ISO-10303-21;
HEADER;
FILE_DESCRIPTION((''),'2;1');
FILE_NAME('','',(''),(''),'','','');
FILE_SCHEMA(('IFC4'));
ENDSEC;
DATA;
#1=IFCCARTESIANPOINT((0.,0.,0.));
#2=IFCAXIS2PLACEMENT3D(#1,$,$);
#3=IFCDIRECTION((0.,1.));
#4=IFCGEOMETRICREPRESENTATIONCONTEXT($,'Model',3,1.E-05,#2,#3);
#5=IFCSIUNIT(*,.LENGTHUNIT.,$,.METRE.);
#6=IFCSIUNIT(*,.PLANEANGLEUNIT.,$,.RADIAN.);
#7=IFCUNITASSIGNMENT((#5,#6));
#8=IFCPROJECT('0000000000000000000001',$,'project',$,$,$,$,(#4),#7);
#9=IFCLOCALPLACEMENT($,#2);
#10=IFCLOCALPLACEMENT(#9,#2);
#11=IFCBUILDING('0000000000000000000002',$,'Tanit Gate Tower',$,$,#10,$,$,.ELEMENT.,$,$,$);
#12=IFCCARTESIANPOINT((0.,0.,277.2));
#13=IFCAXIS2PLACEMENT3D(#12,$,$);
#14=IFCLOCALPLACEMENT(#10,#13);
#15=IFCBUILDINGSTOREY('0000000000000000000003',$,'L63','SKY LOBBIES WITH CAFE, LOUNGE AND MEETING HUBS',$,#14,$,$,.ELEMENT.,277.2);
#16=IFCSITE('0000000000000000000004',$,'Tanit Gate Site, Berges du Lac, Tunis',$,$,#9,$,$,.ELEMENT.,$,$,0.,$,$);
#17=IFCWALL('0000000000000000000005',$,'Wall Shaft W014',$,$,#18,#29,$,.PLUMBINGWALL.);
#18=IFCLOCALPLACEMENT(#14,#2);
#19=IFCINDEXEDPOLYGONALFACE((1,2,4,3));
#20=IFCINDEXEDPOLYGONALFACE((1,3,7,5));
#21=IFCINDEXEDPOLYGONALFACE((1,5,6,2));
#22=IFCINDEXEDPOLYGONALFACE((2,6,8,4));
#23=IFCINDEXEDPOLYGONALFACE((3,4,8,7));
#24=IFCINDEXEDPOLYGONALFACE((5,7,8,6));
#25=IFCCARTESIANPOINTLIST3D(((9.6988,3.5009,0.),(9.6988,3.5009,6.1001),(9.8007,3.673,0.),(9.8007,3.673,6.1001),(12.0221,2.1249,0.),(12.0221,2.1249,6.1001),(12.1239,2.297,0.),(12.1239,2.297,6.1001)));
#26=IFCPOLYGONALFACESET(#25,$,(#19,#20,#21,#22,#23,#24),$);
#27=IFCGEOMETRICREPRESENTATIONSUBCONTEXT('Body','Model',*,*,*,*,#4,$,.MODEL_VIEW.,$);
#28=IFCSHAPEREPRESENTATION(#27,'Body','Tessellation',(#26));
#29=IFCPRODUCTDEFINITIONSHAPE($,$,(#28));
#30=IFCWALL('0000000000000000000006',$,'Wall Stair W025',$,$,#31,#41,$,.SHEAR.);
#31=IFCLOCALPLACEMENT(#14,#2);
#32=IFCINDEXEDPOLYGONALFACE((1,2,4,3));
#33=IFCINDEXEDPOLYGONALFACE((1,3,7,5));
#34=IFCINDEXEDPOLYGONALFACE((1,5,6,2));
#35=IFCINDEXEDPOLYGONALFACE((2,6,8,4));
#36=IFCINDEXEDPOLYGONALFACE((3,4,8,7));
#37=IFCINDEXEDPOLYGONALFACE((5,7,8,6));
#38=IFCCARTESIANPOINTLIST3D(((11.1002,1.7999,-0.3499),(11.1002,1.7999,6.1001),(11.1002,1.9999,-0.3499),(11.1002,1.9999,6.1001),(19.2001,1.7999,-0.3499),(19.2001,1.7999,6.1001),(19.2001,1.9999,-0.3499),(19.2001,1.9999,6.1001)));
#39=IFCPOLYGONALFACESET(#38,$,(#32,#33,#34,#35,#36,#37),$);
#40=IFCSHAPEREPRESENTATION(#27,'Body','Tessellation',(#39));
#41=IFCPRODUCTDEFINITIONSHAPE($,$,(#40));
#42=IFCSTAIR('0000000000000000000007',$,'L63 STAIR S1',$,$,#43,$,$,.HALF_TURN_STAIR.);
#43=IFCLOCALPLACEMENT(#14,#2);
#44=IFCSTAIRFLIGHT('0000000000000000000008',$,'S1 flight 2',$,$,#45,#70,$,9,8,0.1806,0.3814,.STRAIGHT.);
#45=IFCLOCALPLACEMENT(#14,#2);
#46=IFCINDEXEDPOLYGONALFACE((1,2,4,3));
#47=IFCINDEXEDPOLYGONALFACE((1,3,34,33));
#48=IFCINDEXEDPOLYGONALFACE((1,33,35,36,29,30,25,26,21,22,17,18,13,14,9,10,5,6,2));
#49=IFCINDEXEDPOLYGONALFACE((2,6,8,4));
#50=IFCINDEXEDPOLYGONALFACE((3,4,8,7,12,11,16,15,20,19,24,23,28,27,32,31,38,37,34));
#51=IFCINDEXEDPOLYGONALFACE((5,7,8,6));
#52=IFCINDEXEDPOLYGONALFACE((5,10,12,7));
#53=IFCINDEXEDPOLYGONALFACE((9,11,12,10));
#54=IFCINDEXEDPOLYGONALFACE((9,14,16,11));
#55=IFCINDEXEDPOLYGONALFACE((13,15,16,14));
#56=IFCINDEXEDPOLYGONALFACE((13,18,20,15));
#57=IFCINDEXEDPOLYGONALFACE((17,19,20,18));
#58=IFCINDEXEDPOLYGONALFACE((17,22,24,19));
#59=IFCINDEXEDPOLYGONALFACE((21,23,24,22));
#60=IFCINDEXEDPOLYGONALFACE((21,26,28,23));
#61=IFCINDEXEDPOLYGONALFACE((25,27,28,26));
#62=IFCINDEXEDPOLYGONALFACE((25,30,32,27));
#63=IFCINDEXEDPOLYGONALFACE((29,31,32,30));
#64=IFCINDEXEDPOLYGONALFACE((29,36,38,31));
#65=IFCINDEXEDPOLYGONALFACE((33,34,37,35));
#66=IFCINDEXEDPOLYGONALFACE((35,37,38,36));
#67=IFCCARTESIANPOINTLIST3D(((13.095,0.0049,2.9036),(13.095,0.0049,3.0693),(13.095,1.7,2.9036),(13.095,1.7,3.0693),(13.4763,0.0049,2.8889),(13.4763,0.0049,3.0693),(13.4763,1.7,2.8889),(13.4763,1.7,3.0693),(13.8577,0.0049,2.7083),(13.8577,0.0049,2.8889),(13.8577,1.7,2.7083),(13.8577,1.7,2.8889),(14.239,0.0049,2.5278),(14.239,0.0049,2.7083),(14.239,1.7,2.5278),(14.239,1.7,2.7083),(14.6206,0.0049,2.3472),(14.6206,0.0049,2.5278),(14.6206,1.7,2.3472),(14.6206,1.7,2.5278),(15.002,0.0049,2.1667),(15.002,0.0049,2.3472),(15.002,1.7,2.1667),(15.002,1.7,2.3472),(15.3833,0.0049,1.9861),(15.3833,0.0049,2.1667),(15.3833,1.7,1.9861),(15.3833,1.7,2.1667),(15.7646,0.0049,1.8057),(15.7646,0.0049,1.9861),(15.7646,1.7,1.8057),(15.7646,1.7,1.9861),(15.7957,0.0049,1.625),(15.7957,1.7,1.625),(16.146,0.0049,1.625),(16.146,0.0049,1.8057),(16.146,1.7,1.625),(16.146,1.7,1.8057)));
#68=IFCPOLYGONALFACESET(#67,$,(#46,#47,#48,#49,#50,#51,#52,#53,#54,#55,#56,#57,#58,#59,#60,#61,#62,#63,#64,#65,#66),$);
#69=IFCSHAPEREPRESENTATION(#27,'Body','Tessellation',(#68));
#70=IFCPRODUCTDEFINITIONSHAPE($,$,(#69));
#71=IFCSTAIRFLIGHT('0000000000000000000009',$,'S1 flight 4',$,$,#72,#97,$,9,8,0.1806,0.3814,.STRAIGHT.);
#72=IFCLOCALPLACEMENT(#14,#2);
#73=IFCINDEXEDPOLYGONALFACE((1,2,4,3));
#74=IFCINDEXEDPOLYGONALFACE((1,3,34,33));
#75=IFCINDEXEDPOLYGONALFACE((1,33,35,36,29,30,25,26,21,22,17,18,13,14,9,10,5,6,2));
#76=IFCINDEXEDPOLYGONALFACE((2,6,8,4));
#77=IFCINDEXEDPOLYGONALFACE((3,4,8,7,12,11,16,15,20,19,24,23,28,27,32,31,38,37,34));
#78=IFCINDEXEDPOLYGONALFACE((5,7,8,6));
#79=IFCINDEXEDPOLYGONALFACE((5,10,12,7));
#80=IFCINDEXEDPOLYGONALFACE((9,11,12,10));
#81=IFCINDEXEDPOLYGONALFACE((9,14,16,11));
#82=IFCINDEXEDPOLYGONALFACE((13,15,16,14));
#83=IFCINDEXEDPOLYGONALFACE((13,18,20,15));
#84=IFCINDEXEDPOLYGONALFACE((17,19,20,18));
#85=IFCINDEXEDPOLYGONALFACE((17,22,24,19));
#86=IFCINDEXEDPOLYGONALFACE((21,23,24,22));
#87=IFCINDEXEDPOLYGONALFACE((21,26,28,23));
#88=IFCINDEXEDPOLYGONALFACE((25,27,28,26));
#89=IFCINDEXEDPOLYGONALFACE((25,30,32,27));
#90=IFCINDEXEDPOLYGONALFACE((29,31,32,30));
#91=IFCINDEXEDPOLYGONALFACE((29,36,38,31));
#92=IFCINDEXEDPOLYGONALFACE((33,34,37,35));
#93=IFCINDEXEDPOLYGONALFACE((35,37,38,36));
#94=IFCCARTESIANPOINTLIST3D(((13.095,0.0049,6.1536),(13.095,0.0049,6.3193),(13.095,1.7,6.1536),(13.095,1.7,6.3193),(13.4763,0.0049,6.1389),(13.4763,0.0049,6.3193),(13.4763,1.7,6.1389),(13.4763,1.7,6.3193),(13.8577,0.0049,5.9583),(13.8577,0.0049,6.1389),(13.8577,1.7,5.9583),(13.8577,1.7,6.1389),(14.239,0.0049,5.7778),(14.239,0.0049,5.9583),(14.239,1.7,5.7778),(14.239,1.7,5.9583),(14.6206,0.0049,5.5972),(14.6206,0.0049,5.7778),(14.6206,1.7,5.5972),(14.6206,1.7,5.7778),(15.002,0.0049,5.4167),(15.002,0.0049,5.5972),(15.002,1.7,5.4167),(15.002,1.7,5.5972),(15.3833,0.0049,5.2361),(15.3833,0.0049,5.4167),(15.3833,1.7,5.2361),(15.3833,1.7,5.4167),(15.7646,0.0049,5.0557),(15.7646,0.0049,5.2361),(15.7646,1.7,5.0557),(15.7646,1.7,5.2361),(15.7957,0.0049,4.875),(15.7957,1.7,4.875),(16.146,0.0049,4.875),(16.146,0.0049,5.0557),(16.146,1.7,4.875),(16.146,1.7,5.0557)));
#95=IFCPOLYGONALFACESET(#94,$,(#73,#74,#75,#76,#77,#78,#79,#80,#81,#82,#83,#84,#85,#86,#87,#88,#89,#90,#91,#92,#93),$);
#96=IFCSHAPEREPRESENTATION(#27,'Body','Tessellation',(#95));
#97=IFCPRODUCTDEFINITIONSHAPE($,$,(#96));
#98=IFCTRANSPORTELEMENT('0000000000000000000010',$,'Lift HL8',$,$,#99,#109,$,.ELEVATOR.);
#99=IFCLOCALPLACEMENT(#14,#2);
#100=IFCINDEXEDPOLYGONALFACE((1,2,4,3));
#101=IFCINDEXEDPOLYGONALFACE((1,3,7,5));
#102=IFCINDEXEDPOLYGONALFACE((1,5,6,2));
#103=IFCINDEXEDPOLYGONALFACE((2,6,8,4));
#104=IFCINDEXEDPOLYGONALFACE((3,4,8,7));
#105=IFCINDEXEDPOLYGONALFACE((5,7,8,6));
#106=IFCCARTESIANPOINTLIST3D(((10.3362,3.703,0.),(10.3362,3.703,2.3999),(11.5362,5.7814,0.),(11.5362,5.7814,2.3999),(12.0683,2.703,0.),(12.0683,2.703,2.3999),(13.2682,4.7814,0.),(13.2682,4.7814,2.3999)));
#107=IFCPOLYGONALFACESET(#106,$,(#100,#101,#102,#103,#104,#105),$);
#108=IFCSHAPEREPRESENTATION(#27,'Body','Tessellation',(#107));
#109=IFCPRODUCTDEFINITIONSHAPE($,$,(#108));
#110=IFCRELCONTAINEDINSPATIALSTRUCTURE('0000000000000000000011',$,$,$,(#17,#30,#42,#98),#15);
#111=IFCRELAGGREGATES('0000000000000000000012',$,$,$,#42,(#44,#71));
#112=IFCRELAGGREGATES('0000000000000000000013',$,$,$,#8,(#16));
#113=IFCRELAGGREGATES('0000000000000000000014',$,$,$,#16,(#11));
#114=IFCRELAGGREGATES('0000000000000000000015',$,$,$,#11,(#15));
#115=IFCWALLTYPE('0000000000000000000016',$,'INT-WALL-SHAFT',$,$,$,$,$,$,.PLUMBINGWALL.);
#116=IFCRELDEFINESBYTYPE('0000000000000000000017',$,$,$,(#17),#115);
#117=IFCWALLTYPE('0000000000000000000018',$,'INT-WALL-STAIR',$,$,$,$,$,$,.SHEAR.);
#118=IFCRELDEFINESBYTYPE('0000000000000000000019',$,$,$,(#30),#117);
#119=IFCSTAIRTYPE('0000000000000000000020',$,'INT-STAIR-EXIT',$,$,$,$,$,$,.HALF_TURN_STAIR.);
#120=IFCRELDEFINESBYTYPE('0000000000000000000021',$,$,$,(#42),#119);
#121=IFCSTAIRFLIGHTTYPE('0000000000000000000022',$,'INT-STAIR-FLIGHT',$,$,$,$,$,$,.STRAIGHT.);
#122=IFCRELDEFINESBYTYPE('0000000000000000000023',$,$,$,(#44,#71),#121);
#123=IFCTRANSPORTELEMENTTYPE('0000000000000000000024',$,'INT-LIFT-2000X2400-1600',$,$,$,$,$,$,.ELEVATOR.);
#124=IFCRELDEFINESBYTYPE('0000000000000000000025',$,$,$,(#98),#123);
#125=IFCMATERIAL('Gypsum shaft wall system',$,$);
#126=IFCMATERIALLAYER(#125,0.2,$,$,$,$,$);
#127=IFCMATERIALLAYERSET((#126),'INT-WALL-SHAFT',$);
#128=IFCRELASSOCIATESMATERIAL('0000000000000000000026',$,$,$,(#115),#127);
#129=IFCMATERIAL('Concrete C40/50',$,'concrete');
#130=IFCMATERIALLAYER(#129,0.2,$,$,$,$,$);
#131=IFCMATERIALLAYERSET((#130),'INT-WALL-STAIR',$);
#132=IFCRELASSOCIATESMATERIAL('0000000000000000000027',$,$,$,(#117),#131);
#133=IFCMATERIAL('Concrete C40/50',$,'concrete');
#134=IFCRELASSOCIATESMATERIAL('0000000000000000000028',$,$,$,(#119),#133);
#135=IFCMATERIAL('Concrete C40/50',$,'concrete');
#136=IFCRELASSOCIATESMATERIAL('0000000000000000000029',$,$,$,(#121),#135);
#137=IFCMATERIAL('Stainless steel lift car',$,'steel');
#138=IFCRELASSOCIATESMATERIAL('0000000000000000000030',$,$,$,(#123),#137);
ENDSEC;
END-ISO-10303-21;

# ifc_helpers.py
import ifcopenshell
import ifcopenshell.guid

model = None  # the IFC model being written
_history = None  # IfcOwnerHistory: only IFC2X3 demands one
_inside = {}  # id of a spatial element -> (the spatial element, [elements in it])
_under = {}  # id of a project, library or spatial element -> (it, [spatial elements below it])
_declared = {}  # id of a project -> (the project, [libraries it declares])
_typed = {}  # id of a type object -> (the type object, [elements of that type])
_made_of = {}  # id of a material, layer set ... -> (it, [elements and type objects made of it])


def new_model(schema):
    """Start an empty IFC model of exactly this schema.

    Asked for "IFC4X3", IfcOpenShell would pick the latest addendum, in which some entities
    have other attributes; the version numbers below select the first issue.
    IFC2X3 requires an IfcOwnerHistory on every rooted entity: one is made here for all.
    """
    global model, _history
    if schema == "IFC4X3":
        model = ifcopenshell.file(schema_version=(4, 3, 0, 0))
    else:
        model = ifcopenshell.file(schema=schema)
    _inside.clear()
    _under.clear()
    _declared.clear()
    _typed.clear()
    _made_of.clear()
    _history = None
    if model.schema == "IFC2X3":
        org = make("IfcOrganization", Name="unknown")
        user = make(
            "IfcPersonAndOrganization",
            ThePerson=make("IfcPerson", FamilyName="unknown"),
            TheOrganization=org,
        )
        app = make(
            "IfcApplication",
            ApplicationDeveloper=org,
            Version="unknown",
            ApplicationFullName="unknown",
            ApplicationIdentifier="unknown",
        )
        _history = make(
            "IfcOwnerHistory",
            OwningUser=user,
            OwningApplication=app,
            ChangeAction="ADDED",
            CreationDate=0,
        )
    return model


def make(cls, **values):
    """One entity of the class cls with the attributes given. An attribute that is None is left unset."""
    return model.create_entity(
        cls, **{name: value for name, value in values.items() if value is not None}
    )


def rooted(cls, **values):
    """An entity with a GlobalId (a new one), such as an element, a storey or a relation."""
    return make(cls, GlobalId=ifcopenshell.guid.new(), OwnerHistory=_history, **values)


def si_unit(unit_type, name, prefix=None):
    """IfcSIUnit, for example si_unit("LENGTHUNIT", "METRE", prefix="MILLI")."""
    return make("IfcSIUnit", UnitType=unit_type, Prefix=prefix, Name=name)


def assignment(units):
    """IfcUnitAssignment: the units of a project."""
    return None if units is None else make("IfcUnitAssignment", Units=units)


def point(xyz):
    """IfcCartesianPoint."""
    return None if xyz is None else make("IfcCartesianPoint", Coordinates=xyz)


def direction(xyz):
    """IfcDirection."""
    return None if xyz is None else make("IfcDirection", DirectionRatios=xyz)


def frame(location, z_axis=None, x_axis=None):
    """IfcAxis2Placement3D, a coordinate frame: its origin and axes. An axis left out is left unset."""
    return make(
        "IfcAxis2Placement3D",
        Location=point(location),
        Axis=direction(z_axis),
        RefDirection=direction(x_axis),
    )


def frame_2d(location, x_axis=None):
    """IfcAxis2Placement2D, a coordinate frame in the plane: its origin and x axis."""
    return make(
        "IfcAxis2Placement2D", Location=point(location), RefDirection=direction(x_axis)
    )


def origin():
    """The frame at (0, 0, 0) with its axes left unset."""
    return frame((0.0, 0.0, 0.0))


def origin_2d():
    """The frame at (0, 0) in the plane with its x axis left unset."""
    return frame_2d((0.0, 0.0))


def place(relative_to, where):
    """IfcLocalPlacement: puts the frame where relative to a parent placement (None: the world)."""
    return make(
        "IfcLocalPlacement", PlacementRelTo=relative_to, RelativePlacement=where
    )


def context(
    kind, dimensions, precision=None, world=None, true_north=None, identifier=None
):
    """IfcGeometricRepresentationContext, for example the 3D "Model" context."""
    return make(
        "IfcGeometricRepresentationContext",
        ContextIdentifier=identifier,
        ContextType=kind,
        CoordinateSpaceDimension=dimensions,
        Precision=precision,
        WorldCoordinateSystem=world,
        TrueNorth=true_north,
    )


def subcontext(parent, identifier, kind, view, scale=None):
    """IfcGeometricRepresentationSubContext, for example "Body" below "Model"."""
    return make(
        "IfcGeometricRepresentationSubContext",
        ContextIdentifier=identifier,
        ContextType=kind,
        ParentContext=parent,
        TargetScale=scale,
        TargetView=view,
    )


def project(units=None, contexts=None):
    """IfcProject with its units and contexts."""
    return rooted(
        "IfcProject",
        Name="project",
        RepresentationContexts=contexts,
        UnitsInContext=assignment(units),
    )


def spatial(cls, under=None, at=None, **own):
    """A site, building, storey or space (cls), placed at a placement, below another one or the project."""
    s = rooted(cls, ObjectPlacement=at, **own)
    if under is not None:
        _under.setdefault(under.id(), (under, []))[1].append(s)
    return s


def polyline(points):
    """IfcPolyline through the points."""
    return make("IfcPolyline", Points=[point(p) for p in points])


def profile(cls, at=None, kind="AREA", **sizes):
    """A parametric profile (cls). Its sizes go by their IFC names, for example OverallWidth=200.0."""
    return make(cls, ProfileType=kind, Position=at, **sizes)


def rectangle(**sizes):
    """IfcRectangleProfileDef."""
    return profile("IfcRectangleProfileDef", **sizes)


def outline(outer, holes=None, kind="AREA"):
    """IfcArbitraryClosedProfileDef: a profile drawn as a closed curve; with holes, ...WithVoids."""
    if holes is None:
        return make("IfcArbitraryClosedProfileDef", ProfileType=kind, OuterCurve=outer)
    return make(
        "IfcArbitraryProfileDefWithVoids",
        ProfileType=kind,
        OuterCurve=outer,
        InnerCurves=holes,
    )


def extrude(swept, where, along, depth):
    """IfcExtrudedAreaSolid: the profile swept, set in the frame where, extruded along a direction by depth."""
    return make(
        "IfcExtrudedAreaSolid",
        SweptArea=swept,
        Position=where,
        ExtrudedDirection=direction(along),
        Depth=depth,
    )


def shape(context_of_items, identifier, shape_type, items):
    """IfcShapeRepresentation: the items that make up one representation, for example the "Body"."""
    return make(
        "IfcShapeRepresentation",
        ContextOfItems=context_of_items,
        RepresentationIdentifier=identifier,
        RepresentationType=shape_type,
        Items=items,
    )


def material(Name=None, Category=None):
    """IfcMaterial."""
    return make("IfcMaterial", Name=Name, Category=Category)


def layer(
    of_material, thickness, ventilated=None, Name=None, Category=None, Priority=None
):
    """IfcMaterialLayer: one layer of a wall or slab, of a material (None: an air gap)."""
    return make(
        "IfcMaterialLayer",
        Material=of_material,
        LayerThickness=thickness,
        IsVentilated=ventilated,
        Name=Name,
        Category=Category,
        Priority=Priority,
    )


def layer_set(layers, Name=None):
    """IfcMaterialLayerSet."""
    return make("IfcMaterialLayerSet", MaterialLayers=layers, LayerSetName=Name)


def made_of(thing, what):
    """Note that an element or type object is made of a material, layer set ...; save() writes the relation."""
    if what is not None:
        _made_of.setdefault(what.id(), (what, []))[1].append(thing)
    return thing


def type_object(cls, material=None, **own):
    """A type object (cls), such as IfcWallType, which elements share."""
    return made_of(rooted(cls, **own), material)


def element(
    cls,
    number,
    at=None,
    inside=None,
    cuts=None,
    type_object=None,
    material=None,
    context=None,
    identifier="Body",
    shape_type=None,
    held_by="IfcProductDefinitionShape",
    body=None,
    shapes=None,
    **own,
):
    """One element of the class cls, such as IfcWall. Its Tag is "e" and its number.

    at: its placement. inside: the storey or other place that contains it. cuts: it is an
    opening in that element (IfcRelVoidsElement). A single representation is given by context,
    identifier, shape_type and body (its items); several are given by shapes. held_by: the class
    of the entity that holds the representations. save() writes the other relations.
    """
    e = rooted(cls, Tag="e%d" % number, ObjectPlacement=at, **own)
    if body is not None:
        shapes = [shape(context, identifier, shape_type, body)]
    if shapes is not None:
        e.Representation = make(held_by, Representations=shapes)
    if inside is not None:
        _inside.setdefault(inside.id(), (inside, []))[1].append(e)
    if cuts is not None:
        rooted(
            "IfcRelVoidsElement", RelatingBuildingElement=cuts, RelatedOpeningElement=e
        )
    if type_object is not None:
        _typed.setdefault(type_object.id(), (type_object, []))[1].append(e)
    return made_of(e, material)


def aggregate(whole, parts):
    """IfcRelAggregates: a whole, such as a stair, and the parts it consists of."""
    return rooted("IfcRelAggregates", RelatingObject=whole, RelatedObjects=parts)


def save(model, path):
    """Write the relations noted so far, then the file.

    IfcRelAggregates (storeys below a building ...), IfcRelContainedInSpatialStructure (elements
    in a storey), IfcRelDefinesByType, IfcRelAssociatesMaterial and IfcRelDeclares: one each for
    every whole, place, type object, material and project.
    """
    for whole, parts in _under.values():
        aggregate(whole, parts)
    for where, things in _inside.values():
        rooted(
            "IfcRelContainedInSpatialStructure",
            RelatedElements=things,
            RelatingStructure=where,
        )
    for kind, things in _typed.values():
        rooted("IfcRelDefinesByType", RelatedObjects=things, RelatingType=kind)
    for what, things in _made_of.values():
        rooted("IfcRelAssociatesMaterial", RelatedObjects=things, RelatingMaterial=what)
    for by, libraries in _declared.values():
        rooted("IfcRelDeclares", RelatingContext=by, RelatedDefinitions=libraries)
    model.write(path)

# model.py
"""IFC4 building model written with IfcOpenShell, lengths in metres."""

from ifc_helpers import new_model, si_unit, direction, frame, frame_2d, origin, origin_2d, place, context, subcontext, project, spatial, polyline, rectangle, outline, extrude, material, layer, layer_set, type_object, element, aggregate, save


model = new_model("IFC4")

# Units and contexts
model_context = context("Model", 3, precision=1e-05, world=origin(), true_north=direction((0.0, 1.0)))
body_context = subcontext(model_context, "Body", "Model", "MODEL_VIEW")
ifc_project = project(units=[si_unit("LENGTHUNIT", "METRE"), si_unit("PLANEANGLEUNIT", "RADIAN")], contexts=[model_context])

# Site, building, storey
site_placement = place(None, origin())
site = spatial("IfcSite", under=ifc_project, at=site_placement, Name="Tanit Gate Site, Berges du Lac, Tunis", CompositionType="ELEMENT", RefElevation=0.0)
building_placement = place(site_placement, origin())
building = spatial("IfcBuilding", under=site, at=building_placement, Name="Tanit Gate Tower", CompositionType="ELEMENT")
storey_placement = place(building_placement, frame((0.0, 0.0, 277.2)))
storey = spatial("IfcBuildingStorey", under=building, at=storey_placement, Name="L63", Description="SKY LOBBIES WITH CAFE, LOUNGE AND MEETING HUBS", CompositionType="ELEMENT", Elevation=277.2)

# Walls
ifc_material_1 = material(Name="Gypsum shaft wall system")
ifc_layer_1 = layer(ifc_material_1, 0.2)
ifc_layer_set_1 = layer_set([ifc_layer_1], Name="INT-WALL-SHAFT")
wall_type_1 = type_object("IfcWallType", Name="INT-WALL-SHAFT", PredefinedType="PLUMBINGWALL", material=ifc_layer_set_1)
wall_1_placement = place(storey_placement, frame((12.073, 2.2109, 0.0), z_axis=(0.0, 0.0, 1.0), x_axis=(-0.860415, 0.509594, 0.0)))
element("IfcWall", 1, at=wall_1_placement, inside=storey, type_object=wall_type_1, Name="Wall Shaft W014", PredefinedType="PLUMBINGWALL", context=body_context, shape_type="SweptSolid", body=[
    extrude(rectangle(XDim=2.7002, YDim=0.2, at=frame_2d((1.3501, 0.0))), origin(), (0.0, 0.0, 1.0), 6.1001),
])
ifc_material_2 = material(Name="Concrete C40/50", Category="concrete")
ifc_layer_2 = layer(ifc_material_2, 0.2)
ifc_layer_set_2 = layer_set([ifc_layer_2], Name="INT-WALL-STAIR")
wall_type_2 = type_object("IfcWallType", Name="INT-WALL-STAIR", PredefinedType="SHEAR", material=ifc_layer_set_2)
wall_2_placement = place(storey_placement, frame((19.2, 1.8999, -0.3499), z_axis=(0.0, 0.0, 1.0), x_axis=(-1.0, 0.0, 0.0)))
element("IfcWall", 2, at=wall_2_placement, inside=storey, type_object=wall_type_2, Name="Wall Stair W025", PredefinedType="SHEAR", context=body_context, shape_type="SweptSolid", body=[
    extrude(rectangle(XDim=8.0999, YDim=0.2, at=frame_2d((4.0498, 0.0))), origin(), (0.0, 0.0, 1.0), 6.45),
])

# Stair, stair flights
ifc_material_3 = material(Name="Concrete C40/50", Category="concrete")
stair_type = type_object("IfcStairType", Name="INT-STAIR-EXIT", PredefinedType="HALF_TURN_STAIR", material=ifc_material_3)
stair_placement = place(storey_placement, origin())
stair = element("IfcStair", 3, at=stair_placement, inside=storey, type_object=stair_type, Name="L63 STAIR S1", PredefinedType="HALF_TURN_STAIR")
ifc_material_4 = material(Name="Concrete C40/50", Category="concrete")
stair_flight_type = type_object("IfcStairFlightType", Name="INT-STAIR-FLIGHT", PredefinedType="STRAIGHT", material=ifc_material_4)
stair_flight_1_placement = place(storey_placement, frame((16.146, 0.8525, 1.625), z_axis=(0.0, 0.0, 1.0), x_axis=(-1.0, 0.0, 0.0)))
stair_flight_1 = element("IfcStairFlight", 4, at=stair_flight_1_placement, type_object=stair_flight_type, Name="S1 flight 2", NumberOfRisers=9, NumberOfTreads=8, PredefinedType="STRAIGHT", RiserHeight=0.1806, TreadLength=0.3814, context=body_context, shape_type="SweptSolid", body=[
    extrude(outline(polyline([(0.0, 0.0), (0.0, 0.1807), (0.3813, 0.1807), (0.3813, 0.3611), (0.7627, 0.3611), (0.7627, 0.5417), (1.144, 0.5417), (1.144, 0.7222), (1.5254, 0.7222), (1.5254, 0.9028), (1.907, 0.9028), (1.907, 1.0833), (2.2883, 1.0833), (2.2883, 1.2639), (2.6697, 1.2639), (2.6697, 1.4443), (3.051, 1.4443), (3.051, 1.625), (3.051, 1.2786), (0.3503, 0.0), (0.0, 0.0)])), frame((0.0, 0.8477, 0.0), z_axis=(0.0, -1.0, 0.0), x_axis=(1.0, 0.0, 0.0)), (0.0, 0.0, 1.0), 1.6951),
])
stair_flight_2_placement = place(storey_placement, frame((16.146, 0.8525, 4.875), z_axis=(0.0, 0.0, 1.0), x_axis=(-1.0, 0.0, 0.0)))
stair_flight_2 = element("IfcStairFlight", 5, at=stair_flight_2_placement, type_object=stair_flight_type, Name="S1 flight 4", NumberOfRisers=9, NumberOfTreads=8, PredefinedType="STRAIGHT", RiserHeight=0.1806, TreadLength=0.3814, context=body_context, shape_type="SweptSolid", body=[
    extrude(outline(polyline([(0.0, 0.0), (0.0, 0.1807), (0.3813, 0.1807), (0.3813, 0.3611), (0.7627, 0.3611), (0.7627, 0.5417), (1.144, 0.5417), (1.144, 0.7222), (1.5254, 0.7222), (1.5254, 0.9028), (1.907, 0.9028), (1.907, 1.0833), (2.2883, 1.0833), (2.2883, 1.2639), (2.6697, 1.2639), (2.6697, 1.4443), (3.051, 1.4443), (3.051, 1.625), (3.051, 1.2786), (0.3503, 0.0), (0.0, 0.0)])), frame((0.0, 0.8477, 0.0), z_axis=(0.0, -1.0, 0.0), x_axis=(1.0, 0.0, 0.0)), (0.0, 0.0, 1.0), 1.6951),
])
aggregate(stair, [stair_flight_1, stair_flight_2])

# Transport element
ifc_material_5 = material(Name="Stainless steel lift car", Category="steel")
transport_element_type = type_object("IfcTransportElementType", Name="INT-LIFT-2000X2400-1600", PredefinedType="ELEVATOR", material=ifc_material_5)
transport_element_placement = place(storey_placement, frame((11.8022, 4.2422, 0.0), z_axis=(0.0, 0.0, 1.0), x_axis=(-0.866025, 0.5, 0.0)))
element("IfcTransportElement", 6, at=transport_element_placement, inside=storey, type_object=transport_element_type, Name="Lift HL8", PredefinedType="ELEVATOR", context=body_context, shape_type="SweptSolid", body=[
    extrude(rectangle(XDim=2.0, YDim=2.3999, at=origin_2d()), origin(), (0.0, 0.0, 1.0), 2.3999),
])

save(model, "model.ifc")
